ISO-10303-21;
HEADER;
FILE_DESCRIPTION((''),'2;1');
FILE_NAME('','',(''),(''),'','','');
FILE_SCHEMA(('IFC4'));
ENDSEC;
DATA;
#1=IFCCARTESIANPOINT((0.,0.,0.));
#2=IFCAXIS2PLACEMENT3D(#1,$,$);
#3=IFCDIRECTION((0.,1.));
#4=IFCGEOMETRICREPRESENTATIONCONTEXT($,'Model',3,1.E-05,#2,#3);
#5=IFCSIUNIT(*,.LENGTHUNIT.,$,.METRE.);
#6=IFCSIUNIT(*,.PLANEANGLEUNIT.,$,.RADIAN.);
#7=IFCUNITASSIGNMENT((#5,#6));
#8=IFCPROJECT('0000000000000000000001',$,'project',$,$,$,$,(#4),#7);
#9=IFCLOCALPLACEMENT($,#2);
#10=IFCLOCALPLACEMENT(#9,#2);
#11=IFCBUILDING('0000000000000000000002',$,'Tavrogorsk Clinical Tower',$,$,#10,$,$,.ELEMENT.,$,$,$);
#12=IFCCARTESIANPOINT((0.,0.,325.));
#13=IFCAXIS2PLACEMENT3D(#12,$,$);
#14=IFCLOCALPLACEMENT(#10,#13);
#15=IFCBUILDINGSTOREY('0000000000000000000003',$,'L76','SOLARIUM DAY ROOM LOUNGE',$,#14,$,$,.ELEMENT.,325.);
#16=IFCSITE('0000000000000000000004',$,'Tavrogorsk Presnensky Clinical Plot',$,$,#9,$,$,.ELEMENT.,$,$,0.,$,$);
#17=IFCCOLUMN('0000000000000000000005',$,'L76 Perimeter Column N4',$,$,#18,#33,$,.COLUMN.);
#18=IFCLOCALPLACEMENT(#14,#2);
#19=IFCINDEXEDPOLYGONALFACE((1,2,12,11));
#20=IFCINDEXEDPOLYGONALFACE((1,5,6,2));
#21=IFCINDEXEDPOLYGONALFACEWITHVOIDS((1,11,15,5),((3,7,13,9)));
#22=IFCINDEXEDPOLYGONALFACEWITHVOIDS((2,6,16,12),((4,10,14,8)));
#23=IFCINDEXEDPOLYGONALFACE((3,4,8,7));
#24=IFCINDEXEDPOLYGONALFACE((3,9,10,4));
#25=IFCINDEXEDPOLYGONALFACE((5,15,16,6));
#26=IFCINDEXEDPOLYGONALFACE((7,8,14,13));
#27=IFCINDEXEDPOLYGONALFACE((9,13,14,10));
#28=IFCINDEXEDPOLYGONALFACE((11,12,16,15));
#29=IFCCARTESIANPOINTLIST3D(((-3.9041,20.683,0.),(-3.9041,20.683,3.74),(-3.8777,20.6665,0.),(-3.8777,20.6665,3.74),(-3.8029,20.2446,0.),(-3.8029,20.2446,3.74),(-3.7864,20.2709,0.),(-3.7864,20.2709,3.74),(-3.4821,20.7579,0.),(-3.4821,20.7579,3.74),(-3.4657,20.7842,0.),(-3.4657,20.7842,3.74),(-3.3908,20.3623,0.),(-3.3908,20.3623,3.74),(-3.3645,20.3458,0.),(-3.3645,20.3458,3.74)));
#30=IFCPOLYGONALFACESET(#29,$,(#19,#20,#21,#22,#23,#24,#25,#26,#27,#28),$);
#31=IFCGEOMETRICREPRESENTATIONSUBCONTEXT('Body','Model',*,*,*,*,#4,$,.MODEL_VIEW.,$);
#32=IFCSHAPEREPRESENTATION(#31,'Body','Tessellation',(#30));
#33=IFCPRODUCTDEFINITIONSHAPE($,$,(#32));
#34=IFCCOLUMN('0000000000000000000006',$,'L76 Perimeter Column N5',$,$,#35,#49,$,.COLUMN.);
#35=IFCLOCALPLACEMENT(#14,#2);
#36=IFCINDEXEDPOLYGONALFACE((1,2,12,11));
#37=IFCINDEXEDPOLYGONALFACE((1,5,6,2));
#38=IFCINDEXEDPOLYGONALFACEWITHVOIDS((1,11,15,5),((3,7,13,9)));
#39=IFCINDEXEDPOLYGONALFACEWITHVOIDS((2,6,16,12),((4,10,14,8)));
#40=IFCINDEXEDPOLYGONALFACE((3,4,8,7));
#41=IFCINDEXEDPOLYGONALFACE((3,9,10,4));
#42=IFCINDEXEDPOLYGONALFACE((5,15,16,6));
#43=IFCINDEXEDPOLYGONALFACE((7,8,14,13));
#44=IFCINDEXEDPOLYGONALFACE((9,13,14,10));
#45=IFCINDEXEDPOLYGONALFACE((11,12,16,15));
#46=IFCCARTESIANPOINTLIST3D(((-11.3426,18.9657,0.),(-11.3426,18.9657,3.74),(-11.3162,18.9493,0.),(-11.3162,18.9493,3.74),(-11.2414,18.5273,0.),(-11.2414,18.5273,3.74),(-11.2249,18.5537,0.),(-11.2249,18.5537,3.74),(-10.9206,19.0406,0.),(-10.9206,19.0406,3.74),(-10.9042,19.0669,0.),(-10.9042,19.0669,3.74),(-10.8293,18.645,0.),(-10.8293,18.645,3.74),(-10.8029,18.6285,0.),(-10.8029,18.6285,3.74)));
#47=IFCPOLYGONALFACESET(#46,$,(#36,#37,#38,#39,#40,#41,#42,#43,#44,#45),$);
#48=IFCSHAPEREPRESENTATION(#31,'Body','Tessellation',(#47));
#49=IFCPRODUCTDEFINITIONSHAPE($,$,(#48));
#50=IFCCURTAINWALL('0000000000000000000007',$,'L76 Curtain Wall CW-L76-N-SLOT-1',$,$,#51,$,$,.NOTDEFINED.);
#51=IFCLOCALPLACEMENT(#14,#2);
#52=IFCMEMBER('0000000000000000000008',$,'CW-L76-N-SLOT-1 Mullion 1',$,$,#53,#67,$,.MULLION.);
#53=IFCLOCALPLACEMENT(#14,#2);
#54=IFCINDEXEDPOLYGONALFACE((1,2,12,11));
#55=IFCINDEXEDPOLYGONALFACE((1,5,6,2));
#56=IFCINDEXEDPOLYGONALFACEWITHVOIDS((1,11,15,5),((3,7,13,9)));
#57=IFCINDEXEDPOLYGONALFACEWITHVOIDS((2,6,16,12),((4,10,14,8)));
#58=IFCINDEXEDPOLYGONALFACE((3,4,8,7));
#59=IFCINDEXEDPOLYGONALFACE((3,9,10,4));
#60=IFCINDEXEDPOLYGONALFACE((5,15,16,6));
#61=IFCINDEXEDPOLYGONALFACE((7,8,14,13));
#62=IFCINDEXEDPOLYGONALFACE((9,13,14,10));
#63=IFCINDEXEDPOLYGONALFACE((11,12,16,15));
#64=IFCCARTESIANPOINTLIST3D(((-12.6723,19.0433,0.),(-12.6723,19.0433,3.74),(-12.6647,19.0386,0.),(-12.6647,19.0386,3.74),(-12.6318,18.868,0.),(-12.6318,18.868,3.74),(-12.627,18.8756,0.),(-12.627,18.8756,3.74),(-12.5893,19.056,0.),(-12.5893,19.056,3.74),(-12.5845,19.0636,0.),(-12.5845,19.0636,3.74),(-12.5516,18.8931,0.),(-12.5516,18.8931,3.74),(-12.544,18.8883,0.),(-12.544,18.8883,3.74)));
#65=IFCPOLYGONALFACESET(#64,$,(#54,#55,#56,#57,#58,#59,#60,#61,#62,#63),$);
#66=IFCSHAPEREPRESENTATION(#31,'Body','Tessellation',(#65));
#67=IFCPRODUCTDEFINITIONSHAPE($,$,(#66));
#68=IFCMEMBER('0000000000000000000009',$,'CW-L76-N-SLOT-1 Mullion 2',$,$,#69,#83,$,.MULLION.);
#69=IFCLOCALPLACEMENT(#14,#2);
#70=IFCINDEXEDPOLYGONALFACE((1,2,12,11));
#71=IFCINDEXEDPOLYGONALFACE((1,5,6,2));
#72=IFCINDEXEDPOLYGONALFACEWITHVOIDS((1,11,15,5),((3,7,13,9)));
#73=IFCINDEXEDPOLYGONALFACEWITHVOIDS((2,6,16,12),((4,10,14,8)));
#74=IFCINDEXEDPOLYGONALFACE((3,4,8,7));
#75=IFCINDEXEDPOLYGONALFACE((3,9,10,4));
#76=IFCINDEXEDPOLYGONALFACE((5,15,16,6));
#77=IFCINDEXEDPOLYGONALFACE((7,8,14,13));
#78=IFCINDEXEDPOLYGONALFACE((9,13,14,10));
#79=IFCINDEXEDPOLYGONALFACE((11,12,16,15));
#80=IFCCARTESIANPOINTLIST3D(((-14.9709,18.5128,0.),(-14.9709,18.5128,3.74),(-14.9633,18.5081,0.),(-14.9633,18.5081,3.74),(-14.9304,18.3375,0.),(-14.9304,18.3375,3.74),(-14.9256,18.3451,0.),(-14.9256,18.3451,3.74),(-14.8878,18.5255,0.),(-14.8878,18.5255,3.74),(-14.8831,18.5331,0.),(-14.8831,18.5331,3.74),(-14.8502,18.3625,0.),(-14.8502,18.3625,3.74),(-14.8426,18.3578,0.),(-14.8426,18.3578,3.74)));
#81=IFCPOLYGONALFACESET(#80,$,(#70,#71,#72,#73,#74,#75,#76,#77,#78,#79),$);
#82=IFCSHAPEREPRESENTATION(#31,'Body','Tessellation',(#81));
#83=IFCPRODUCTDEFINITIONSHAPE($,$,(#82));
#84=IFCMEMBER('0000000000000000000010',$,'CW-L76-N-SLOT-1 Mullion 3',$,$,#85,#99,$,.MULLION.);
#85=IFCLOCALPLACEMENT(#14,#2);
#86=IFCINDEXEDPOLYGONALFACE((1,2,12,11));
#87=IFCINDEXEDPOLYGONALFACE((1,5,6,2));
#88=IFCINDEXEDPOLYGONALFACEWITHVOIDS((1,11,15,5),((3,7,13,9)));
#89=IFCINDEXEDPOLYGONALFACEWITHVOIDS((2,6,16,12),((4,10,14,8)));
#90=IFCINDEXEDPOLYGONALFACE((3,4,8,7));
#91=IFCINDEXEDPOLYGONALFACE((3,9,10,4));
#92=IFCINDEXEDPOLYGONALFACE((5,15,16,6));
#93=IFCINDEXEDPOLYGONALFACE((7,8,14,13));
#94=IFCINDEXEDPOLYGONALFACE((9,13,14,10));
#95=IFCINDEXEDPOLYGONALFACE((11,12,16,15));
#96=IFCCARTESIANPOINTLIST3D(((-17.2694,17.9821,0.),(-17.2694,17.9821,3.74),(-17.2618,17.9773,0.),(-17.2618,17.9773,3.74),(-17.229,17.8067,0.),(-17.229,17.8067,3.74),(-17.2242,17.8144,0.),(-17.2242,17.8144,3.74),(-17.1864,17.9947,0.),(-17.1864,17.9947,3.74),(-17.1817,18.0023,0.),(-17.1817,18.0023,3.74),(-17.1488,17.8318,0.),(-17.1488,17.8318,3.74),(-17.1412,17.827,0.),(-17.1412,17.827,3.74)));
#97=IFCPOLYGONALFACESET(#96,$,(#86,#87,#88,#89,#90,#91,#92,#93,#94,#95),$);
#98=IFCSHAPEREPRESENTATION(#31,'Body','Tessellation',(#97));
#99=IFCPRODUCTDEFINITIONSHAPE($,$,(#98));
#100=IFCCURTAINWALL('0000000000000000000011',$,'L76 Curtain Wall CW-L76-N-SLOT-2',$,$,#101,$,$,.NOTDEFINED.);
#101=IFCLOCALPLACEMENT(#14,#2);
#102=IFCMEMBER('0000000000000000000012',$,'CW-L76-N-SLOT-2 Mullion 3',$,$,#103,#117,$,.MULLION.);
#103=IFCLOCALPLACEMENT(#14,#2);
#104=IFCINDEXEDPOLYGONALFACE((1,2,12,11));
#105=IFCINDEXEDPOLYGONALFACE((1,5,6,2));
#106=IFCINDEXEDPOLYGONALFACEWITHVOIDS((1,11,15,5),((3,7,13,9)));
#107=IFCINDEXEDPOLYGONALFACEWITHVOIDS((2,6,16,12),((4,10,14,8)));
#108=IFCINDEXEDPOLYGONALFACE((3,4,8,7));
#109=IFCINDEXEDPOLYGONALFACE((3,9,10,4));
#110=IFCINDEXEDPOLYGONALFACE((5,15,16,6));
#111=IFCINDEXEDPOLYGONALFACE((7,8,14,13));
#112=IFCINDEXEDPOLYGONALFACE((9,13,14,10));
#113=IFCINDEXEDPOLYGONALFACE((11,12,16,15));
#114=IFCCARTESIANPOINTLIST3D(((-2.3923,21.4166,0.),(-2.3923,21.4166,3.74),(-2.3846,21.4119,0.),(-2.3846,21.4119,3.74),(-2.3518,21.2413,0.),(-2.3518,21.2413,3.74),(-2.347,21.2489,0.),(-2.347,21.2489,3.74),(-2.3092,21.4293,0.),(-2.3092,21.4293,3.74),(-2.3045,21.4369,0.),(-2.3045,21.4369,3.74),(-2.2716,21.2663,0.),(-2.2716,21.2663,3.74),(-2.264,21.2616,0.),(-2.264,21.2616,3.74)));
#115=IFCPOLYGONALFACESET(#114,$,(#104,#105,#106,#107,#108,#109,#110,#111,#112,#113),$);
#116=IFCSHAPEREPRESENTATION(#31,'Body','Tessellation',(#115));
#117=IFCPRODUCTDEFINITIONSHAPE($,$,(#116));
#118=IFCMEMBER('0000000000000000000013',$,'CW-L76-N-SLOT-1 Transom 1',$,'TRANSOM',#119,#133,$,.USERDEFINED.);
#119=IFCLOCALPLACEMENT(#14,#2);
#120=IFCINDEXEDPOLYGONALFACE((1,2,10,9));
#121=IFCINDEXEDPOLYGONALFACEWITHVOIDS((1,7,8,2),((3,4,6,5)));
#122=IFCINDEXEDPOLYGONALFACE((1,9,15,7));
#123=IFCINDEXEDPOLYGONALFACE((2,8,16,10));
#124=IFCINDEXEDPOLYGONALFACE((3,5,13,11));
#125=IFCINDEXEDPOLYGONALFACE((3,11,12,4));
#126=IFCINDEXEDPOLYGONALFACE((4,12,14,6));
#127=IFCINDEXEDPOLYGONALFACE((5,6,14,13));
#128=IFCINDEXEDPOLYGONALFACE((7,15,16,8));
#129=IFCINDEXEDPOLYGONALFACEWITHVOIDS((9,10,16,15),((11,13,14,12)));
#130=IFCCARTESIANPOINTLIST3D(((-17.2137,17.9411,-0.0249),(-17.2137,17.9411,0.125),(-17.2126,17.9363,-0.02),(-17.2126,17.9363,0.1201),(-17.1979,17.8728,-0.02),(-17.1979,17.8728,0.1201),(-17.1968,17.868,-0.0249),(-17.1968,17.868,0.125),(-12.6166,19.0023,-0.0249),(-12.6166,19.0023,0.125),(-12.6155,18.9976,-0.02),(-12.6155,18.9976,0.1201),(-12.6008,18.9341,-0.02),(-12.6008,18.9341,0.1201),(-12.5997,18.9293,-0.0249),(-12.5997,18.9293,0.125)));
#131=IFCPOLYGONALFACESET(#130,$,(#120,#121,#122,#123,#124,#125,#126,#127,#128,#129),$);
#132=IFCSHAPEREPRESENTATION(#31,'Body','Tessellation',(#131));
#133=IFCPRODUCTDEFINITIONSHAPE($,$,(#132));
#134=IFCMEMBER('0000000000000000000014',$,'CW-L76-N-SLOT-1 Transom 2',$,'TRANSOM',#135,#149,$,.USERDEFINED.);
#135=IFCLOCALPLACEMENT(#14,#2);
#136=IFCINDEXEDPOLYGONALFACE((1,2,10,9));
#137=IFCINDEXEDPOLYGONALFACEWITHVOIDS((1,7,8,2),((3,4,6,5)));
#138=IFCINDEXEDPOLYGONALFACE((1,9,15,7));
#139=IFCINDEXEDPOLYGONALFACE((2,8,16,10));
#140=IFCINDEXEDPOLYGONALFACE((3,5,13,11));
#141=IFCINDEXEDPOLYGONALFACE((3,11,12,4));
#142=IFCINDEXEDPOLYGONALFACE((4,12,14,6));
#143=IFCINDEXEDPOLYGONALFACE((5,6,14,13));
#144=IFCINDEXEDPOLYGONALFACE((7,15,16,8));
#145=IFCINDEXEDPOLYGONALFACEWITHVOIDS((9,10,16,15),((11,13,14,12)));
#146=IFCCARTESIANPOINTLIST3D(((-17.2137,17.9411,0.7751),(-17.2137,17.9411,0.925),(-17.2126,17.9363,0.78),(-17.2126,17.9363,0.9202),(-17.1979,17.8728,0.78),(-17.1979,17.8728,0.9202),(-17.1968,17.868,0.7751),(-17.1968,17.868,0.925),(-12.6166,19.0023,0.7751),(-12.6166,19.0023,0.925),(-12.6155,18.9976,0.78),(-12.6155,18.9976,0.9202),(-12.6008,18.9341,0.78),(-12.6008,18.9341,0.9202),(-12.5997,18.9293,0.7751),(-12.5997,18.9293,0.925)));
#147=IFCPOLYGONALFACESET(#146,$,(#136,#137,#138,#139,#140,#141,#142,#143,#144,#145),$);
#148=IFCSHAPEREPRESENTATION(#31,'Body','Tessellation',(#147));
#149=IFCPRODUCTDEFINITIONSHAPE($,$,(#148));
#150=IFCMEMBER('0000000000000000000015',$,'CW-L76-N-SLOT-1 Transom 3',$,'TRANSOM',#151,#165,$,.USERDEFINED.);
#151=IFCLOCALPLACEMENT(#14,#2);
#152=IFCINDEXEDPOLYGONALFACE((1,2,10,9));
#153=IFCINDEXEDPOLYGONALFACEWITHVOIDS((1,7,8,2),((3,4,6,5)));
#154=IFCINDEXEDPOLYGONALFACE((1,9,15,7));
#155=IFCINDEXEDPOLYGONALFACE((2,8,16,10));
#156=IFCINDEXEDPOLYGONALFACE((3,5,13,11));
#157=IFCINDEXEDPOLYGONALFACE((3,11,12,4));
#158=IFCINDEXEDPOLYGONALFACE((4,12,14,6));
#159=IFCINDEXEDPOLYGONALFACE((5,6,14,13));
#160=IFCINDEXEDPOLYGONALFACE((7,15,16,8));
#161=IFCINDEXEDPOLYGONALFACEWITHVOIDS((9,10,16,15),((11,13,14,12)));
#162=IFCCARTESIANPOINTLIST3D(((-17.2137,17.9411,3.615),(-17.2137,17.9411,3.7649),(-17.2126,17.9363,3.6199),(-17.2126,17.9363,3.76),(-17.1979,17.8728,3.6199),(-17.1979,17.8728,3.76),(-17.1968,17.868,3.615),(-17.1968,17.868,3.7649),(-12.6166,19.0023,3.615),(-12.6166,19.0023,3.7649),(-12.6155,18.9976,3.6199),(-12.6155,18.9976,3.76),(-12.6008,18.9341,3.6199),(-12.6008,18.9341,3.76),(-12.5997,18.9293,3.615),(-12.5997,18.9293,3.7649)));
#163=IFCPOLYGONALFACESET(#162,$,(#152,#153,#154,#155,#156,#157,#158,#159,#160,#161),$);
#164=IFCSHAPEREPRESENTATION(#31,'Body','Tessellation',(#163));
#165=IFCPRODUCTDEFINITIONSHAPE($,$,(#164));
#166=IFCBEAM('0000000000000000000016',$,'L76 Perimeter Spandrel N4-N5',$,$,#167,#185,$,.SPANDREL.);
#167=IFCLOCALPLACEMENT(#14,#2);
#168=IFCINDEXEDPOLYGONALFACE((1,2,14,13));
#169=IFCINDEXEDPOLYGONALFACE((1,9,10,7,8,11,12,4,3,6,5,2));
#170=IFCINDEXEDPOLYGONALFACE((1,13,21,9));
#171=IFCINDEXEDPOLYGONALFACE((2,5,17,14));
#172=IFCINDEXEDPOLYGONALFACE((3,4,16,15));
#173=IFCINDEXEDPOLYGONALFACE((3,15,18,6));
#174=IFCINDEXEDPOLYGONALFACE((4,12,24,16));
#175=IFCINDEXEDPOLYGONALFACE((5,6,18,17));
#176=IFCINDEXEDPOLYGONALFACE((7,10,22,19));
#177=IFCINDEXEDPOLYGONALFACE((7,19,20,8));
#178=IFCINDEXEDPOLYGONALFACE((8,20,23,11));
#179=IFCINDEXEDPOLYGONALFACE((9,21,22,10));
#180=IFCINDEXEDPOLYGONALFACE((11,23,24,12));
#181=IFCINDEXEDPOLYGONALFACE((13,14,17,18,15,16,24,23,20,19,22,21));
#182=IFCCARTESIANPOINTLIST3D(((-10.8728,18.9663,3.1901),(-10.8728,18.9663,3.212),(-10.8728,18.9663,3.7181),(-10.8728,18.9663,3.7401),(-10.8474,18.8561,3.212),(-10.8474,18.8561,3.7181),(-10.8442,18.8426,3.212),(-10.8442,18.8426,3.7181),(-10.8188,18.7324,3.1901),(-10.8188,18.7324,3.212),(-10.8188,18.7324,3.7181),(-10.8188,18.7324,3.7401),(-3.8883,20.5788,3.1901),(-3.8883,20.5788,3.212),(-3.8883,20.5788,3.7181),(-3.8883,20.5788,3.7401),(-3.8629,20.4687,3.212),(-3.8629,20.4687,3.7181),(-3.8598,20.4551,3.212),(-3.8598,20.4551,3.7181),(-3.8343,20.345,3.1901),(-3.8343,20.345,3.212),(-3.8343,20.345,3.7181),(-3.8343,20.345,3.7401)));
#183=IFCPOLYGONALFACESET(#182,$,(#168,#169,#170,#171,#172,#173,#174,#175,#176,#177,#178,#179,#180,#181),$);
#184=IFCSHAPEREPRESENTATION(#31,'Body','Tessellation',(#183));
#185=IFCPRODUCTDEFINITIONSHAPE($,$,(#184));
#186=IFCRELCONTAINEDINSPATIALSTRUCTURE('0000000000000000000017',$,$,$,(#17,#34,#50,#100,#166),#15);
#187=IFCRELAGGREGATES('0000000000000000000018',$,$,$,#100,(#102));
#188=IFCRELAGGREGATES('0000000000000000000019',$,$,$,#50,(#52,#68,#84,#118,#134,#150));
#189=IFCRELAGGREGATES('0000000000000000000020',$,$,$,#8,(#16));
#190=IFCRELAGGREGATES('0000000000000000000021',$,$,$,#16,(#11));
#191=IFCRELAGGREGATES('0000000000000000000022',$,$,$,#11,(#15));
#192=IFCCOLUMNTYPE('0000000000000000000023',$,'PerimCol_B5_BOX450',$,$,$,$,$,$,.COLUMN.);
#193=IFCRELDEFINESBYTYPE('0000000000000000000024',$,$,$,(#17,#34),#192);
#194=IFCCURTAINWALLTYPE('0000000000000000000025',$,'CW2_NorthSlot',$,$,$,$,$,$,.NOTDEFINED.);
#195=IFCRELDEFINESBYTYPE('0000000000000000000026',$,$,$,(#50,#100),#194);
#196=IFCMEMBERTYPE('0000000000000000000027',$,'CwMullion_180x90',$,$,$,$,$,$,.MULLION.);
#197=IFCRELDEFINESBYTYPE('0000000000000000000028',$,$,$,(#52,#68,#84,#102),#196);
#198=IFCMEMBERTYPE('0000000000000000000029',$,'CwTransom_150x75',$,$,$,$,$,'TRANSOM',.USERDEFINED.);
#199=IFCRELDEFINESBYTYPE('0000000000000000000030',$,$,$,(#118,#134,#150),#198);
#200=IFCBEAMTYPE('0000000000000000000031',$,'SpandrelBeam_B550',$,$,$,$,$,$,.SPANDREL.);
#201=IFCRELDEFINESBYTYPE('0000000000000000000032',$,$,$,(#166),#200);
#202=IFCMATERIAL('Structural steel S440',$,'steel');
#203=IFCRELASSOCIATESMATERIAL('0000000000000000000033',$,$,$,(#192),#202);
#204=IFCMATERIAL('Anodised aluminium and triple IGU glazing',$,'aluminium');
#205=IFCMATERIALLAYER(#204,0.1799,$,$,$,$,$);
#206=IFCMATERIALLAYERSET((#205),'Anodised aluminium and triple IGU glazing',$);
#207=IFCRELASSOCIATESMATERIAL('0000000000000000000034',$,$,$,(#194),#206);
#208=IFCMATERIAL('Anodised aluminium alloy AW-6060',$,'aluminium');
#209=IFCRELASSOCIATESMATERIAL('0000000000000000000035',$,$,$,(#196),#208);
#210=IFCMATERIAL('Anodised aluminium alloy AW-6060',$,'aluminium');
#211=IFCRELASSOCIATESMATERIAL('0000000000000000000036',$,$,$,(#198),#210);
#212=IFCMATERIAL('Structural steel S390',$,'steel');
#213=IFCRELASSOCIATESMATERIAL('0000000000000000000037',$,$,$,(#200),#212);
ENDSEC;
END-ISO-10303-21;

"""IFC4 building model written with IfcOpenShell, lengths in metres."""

from ifc_helpers import new_model, si_unit, direction, frame, origin, origin_2d, place, context, subcontext, project, spatial, hollow_rectangle, i_section, extrude, material, layer, layer_set, material_profile, profile_set, type_object, element, aggregate, save


model = new_model("IFC4")

# Units and contexts
model_context = context("Model", 3, precision=1e-05, world=origin(), true_north=direction((0.0, 1.0)))
body_context = subcontext(model_context, "Body", "Model", "MODEL_VIEW")
ifc_project = project(units=[si_unit("LENGTHUNIT", "METRE"), si_unit("PLANEANGLEUNIT", "RADIAN")], contexts=[model_context])

# Site, building, storey
site_placement = place(None, origin())
site = spatial("IfcSite", under=ifc_project, at=site_placement, Name="Tavrogorsk Presnensky Clinical Plot", CompositionType="ELEMENT", RefElevation=0.0)
building_placement = place(site_placement, origin())
building = spatial("IfcBuilding", under=site, at=building_placement, Name="Tavrogorsk Clinical Tower", CompositionType="ELEMENT")
storey_placement = place(building_placement, frame((0.0, 0.0, 325.0)))
storey = spatial("IfcBuildingStorey", under=building, at=storey_placement, Name="L76", Description="SOLARIUM DAY ROOM LOUNGE", CompositionType="ELEMENT", Elevation=325.0)

# Columns
ifc_material_1 = material(Name="Structural steel S440", Category="steel")
ifc_material_profile_1 = material_profile(ifc_material_1, hollow_rectangle(XDim=0.45, YDim=0.45, WallThickness=0.022, at=origin_2d()), Name="BOX-450x450x22")
ifc_profile_set_1 = profile_set([ifc_material_profile_1], Name="Structural steel S440")
column_type = type_object("IfcColumnType", Name="PerimCol_B5_BOX450", PredefinedType="COLUMN", material=ifc_profile_set_1)
for number, where, z_axis, x_axis, name in (
    (1, (-3.6343, 20.5144, 0.0), (0.0, 0.0, 1.0), (0.97437, 0.224951, 0.0), "L76 Perimeter Column N4"),
    (2, (-11.0728, 18.7971, 0.0), (0.0, 0.0, 1.0), (0.97437, 0.224951, 0.0), "L76 Perimeter Column N5"),
):
    element("IfcColumn", number, at=place(storey_placement, frame(where, z_axis=z_axis, x_axis=x_axis)), inside=storey, type_object=column_type, Name=name, PredefinedType="COLUMN", context=body_context, shape_type="SweptSolid", body=[
        extrude(hollow_rectangle(XDim=0.45, YDim=0.45, WallThickness=0.022, at=origin_2d()), origin(), (0.0, 0.0, 1.0), 3.74),
    ])

# Curtain wall, members
ifc_material_2 = material(Name="Anodised aluminium and triple IGU glazing", Category="aluminium")
ifc_layer_1 = layer(ifc_material_2, 0.1799)
ifc_layer_set_1 = layer_set([ifc_layer_1], Name="Anodised aluminium and triple IGU glazing")
curtain_wall_type = type_object("IfcCurtainWallType", Name="CW2_NorthSlot", PredefinedType="NOTDEFINED", material=ifc_layer_set_1)
curtain_wall_1_placement = place(storey_placement, origin())
curtain_wall_1 = element("IfcCurtainWall", 3, at=curtain_wall_1_placement, inside=storey, type_object=curtain_wall_type, Name="L76 Curtain Wall CW-L76-N-SLOT-1", PredefinedType="NOTDEFINED")
ifc_material_3 = material(Name="Anodised aluminium alloy AW-6060", Category="aluminium")
ifc_material_profile_2 = material_profile(ifc_material_3, hollow_rectangle(XDim=0.0901, YDim=0.1799, WallThickness=0.0063, at=origin_2d()), Name="RHS-180x90x6.3")
ifc_profile_set_2 = profile_set([ifc_material_profile_2], Name="Anodised aluminium alloy AW-6060")
member_type_1 = type_object("IfcMemberType", Name="CwMullion_180x90", PredefinedType="MULLION", material=ifc_profile_set_2)
member_1_placement = place(storey_placement, frame((-12.6082, 18.9658, 0.0), z_axis=(0.0, 0.0, 1.0), x_axis=(-0.97437, -0.224951, 0.0)))
member_1 = element("IfcMember", 4, at=member_1_placement, type_object=member_type_1, Name="CW-L76-N-SLOT-1 Mullion 1", PredefinedType="MULLION", context=body_context, shape_type="SweptSolid", body=[
    extrude(hollow_rectangle(XDim=0.0901, YDim=0.1799, WallThickness=0.0063, at=origin_2d()), origin(), (0.0, 0.0, 1.0), 3.74),
])
member_2_placement = place(storey_placement, frame((-14.9067, 18.4353, 0.0), z_axis=(0.0, 0.0, 1.0), x_axis=(-0.97437, -0.224951, 0.0)))
member_2 = element("IfcMember", 5, at=member_2_placement, type_object=member_type_1, Name="CW-L76-N-SLOT-1 Mullion 2", PredefinedType="MULLION", context=body_context, shape_type="SweptSolid", body=[
    extrude(hollow_rectangle(XDim=0.0901, YDim=0.1799, WallThickness=0.0063, at=origin_2d()), origin(), (0.0, 0.0, 1.0), 3.74),
])
member_3_placement = place(storey_placement, frame((-17.2053, 17.9045, 0.0), z_axis=(0.0, 0.0, 1.0), x_axis=(-0.97437, -0.224951, 0.0)))
member_3 = element("IfcMember", 6, at=member_3_placement, type_object=member_type_1, Name="CW-L76-N-SLOT-1 Mullion 3", PredefinedType="MULLION", context=body_context, shape_type="SweptSolid", body=[
    extrude(hollow_rectangle(XDim=0.0901, YDim=0.1799, WallThickness=0.0063, at=origin_2d()), origin(), (0.0, 0.0, 1.0), 3.74),
])

# Curtain wall, member
curtain_wall_2_placement = place(storey_placement, origin())
curtain_wall_2 = element("IfcCurtainWall", 7, at=curtain_wall_2_placement, inside=storey, type_object=curtain_wall_type, Name="L76 Curtain Wall CW-L76-N-SLOT-2", PredefinedType="NOTDEFINED")
member_4_placement = place(storey_placement, frame((-2.3281, 21.3391, 0.0), z_axis=(0.0, 0.0, 1.0), x_axis=(-0.97437, -0.224951, 0.0)))
member_4 = element("IfcMember", 8, at=member_4_placement, type_object=member_type_1, Name="CW-L76-N-SLOT-2 Mullion 3", PredefinedType="MULLION", context=body_context, shape_type="SweptSolid", body=[
    extrude(hollow_rectangle(XDim=0.0901, YDim=0.1799, WallThickness=0.0063, at=origin_2d()), origin(), (0.0, 0.0, 1.0), 3.74),
])
aggregate(curtain_wall_2, [member_4])

# Members
ifc_material_4 = material(Name="Anodised aluminium alloy AW-6060", Category="aluminium")
ifc_material_profile_3 = material_profile(ifc_material_4, hollow_rectangle(XDim=0.075, YDim=0.1499, WallThickness=0.0049, at=origin_2d()), Name="RHS-150x75x5")
ifc_profile_set_3 = profile_set([ifc_material_profile_3], Name="Anodised aluminium alloy AW-6060")
member_type_2 = type_object("IfcMemberType", Name="CwTransom_150x75", ElementType="TRANSOM", PredefinedType="USERDEFINED", material=ifc_profile_set_3)
member_5_placement = place(storey_placement, frame((-12.6082, 18.9658, 0.05), z_axis=(-0.974373, -0.224939, 0.0), x_axis=(0.224939, -0.974373, 0.0)))
member_5 = element("IfcMember", 9, at=member_5_placement, type_object=member_type_2, Name="CW-L76-N-SLOT-1 Transom 1", ObjectType="TRANSOM", PredefinedType="USERDEFINED", context=body_context, shape_type="SweptSolid", body=[
    extrude(hollow_rectangle(XDim=0.075, YDim=0.1499, WallThickness=0.0049, at=origin_2d()), origin(), (0.0, 0.0, 1.0), 4.718),
])
member_6_placement = place(storey_placement, frame((-12.6082, 18.9658, 0.8501), z_axis=(-0.974373, -0.224939, 0.0), x_axis=(0.224939, -0.974373, 0.0)))
member_6 = element("IfcMember", 10, at=member_6_placement, type_object=member_type_2, Name="CW-L76-N-SLOT-1 Transom 2", ObjectType="TRANSOM", PredefinedType="USERDEFINED", context=body_context, shape_type="SweptSolid", body=[
    extrude(hollow_rectangle(XDim=0.075, YDim=0.1499, WallThickness=0.0049, at=origin_2d()), origin(), (0.0, 0.0, 1.0), 4.718),
])
member_7_placement = place(storey_placement, frame((-12.6082, 18.9658, 3.6899), z_axis=(-0.974373, -0.224939, 0.0), x_axis=(0.224939, -0.974373, 0.0)))
member_7 = element("IfcMember", 11, at=member_7_placement, type_object=member_type_2, Name="CW-L76-N-SLOT-1 Transom 3", ObjectType="TRANSOM", PredefinedType="USERDEFINED", context=body_context, shape_type="SweptSolid", body=[
    extrude(hollow_rectangle(XDim=0.075, YDim=0.1499, WallThickness=0.0049, at=origin_2d()), origin(), (0.0, 0.0, 1.0), 4.718),
])

# Beam
ifc_material_5 = material(Name="Structural steel S390", Category="steel")
ifc_material_profile_4 = material_profile(ifc_material_5, i_section(OverallWidth=0.24, OverallDepth=0.55, WebThickness=0.0139, FlangeThickness=0.022, at=origin_2d()), Name="B-550x240x14x22")
ifc_profile_set_4 = profile_set([ifc_material_profile_4], Name="Structural steel S390")
beam_type = type_object("IfcBeamType", Name="SpandrelBeam_B550", PredefinedType="SPANDREL", material=ifc_profile_set_4)
for number, where, z_axis, x_axis, name in (
    (12, (-3.8613, 20.4619, 3.4651), (-0.974368, -0.224961, 0.0), (0.224961, -0.974368, 0.0), "L76 Perimeter Spandrel N4-N5"),
):
    element("IfcBeam", number, at=place(storey_placement, frame(where, z_axis=z_axis, x_axis=x_axis)), inside=storey, type_object=beam_type, Name=name, PredefinedType="SPANDREL", context=body_context, shape_type="SweptSolid", body=[
        extrude(i_section(OverallWidth=0.24, OverallDepth=0.55, WebThickness=0.0139, FlangeThickness=0.022, at=origin_2d()), origin(), (0.0, 0.0, 1.0), 7.1682),
    ])

aggregate(curtain_wall_1, [member_1, member_2, member_3, member_5, member_6, member_7])

save(model, "model.ifc")
